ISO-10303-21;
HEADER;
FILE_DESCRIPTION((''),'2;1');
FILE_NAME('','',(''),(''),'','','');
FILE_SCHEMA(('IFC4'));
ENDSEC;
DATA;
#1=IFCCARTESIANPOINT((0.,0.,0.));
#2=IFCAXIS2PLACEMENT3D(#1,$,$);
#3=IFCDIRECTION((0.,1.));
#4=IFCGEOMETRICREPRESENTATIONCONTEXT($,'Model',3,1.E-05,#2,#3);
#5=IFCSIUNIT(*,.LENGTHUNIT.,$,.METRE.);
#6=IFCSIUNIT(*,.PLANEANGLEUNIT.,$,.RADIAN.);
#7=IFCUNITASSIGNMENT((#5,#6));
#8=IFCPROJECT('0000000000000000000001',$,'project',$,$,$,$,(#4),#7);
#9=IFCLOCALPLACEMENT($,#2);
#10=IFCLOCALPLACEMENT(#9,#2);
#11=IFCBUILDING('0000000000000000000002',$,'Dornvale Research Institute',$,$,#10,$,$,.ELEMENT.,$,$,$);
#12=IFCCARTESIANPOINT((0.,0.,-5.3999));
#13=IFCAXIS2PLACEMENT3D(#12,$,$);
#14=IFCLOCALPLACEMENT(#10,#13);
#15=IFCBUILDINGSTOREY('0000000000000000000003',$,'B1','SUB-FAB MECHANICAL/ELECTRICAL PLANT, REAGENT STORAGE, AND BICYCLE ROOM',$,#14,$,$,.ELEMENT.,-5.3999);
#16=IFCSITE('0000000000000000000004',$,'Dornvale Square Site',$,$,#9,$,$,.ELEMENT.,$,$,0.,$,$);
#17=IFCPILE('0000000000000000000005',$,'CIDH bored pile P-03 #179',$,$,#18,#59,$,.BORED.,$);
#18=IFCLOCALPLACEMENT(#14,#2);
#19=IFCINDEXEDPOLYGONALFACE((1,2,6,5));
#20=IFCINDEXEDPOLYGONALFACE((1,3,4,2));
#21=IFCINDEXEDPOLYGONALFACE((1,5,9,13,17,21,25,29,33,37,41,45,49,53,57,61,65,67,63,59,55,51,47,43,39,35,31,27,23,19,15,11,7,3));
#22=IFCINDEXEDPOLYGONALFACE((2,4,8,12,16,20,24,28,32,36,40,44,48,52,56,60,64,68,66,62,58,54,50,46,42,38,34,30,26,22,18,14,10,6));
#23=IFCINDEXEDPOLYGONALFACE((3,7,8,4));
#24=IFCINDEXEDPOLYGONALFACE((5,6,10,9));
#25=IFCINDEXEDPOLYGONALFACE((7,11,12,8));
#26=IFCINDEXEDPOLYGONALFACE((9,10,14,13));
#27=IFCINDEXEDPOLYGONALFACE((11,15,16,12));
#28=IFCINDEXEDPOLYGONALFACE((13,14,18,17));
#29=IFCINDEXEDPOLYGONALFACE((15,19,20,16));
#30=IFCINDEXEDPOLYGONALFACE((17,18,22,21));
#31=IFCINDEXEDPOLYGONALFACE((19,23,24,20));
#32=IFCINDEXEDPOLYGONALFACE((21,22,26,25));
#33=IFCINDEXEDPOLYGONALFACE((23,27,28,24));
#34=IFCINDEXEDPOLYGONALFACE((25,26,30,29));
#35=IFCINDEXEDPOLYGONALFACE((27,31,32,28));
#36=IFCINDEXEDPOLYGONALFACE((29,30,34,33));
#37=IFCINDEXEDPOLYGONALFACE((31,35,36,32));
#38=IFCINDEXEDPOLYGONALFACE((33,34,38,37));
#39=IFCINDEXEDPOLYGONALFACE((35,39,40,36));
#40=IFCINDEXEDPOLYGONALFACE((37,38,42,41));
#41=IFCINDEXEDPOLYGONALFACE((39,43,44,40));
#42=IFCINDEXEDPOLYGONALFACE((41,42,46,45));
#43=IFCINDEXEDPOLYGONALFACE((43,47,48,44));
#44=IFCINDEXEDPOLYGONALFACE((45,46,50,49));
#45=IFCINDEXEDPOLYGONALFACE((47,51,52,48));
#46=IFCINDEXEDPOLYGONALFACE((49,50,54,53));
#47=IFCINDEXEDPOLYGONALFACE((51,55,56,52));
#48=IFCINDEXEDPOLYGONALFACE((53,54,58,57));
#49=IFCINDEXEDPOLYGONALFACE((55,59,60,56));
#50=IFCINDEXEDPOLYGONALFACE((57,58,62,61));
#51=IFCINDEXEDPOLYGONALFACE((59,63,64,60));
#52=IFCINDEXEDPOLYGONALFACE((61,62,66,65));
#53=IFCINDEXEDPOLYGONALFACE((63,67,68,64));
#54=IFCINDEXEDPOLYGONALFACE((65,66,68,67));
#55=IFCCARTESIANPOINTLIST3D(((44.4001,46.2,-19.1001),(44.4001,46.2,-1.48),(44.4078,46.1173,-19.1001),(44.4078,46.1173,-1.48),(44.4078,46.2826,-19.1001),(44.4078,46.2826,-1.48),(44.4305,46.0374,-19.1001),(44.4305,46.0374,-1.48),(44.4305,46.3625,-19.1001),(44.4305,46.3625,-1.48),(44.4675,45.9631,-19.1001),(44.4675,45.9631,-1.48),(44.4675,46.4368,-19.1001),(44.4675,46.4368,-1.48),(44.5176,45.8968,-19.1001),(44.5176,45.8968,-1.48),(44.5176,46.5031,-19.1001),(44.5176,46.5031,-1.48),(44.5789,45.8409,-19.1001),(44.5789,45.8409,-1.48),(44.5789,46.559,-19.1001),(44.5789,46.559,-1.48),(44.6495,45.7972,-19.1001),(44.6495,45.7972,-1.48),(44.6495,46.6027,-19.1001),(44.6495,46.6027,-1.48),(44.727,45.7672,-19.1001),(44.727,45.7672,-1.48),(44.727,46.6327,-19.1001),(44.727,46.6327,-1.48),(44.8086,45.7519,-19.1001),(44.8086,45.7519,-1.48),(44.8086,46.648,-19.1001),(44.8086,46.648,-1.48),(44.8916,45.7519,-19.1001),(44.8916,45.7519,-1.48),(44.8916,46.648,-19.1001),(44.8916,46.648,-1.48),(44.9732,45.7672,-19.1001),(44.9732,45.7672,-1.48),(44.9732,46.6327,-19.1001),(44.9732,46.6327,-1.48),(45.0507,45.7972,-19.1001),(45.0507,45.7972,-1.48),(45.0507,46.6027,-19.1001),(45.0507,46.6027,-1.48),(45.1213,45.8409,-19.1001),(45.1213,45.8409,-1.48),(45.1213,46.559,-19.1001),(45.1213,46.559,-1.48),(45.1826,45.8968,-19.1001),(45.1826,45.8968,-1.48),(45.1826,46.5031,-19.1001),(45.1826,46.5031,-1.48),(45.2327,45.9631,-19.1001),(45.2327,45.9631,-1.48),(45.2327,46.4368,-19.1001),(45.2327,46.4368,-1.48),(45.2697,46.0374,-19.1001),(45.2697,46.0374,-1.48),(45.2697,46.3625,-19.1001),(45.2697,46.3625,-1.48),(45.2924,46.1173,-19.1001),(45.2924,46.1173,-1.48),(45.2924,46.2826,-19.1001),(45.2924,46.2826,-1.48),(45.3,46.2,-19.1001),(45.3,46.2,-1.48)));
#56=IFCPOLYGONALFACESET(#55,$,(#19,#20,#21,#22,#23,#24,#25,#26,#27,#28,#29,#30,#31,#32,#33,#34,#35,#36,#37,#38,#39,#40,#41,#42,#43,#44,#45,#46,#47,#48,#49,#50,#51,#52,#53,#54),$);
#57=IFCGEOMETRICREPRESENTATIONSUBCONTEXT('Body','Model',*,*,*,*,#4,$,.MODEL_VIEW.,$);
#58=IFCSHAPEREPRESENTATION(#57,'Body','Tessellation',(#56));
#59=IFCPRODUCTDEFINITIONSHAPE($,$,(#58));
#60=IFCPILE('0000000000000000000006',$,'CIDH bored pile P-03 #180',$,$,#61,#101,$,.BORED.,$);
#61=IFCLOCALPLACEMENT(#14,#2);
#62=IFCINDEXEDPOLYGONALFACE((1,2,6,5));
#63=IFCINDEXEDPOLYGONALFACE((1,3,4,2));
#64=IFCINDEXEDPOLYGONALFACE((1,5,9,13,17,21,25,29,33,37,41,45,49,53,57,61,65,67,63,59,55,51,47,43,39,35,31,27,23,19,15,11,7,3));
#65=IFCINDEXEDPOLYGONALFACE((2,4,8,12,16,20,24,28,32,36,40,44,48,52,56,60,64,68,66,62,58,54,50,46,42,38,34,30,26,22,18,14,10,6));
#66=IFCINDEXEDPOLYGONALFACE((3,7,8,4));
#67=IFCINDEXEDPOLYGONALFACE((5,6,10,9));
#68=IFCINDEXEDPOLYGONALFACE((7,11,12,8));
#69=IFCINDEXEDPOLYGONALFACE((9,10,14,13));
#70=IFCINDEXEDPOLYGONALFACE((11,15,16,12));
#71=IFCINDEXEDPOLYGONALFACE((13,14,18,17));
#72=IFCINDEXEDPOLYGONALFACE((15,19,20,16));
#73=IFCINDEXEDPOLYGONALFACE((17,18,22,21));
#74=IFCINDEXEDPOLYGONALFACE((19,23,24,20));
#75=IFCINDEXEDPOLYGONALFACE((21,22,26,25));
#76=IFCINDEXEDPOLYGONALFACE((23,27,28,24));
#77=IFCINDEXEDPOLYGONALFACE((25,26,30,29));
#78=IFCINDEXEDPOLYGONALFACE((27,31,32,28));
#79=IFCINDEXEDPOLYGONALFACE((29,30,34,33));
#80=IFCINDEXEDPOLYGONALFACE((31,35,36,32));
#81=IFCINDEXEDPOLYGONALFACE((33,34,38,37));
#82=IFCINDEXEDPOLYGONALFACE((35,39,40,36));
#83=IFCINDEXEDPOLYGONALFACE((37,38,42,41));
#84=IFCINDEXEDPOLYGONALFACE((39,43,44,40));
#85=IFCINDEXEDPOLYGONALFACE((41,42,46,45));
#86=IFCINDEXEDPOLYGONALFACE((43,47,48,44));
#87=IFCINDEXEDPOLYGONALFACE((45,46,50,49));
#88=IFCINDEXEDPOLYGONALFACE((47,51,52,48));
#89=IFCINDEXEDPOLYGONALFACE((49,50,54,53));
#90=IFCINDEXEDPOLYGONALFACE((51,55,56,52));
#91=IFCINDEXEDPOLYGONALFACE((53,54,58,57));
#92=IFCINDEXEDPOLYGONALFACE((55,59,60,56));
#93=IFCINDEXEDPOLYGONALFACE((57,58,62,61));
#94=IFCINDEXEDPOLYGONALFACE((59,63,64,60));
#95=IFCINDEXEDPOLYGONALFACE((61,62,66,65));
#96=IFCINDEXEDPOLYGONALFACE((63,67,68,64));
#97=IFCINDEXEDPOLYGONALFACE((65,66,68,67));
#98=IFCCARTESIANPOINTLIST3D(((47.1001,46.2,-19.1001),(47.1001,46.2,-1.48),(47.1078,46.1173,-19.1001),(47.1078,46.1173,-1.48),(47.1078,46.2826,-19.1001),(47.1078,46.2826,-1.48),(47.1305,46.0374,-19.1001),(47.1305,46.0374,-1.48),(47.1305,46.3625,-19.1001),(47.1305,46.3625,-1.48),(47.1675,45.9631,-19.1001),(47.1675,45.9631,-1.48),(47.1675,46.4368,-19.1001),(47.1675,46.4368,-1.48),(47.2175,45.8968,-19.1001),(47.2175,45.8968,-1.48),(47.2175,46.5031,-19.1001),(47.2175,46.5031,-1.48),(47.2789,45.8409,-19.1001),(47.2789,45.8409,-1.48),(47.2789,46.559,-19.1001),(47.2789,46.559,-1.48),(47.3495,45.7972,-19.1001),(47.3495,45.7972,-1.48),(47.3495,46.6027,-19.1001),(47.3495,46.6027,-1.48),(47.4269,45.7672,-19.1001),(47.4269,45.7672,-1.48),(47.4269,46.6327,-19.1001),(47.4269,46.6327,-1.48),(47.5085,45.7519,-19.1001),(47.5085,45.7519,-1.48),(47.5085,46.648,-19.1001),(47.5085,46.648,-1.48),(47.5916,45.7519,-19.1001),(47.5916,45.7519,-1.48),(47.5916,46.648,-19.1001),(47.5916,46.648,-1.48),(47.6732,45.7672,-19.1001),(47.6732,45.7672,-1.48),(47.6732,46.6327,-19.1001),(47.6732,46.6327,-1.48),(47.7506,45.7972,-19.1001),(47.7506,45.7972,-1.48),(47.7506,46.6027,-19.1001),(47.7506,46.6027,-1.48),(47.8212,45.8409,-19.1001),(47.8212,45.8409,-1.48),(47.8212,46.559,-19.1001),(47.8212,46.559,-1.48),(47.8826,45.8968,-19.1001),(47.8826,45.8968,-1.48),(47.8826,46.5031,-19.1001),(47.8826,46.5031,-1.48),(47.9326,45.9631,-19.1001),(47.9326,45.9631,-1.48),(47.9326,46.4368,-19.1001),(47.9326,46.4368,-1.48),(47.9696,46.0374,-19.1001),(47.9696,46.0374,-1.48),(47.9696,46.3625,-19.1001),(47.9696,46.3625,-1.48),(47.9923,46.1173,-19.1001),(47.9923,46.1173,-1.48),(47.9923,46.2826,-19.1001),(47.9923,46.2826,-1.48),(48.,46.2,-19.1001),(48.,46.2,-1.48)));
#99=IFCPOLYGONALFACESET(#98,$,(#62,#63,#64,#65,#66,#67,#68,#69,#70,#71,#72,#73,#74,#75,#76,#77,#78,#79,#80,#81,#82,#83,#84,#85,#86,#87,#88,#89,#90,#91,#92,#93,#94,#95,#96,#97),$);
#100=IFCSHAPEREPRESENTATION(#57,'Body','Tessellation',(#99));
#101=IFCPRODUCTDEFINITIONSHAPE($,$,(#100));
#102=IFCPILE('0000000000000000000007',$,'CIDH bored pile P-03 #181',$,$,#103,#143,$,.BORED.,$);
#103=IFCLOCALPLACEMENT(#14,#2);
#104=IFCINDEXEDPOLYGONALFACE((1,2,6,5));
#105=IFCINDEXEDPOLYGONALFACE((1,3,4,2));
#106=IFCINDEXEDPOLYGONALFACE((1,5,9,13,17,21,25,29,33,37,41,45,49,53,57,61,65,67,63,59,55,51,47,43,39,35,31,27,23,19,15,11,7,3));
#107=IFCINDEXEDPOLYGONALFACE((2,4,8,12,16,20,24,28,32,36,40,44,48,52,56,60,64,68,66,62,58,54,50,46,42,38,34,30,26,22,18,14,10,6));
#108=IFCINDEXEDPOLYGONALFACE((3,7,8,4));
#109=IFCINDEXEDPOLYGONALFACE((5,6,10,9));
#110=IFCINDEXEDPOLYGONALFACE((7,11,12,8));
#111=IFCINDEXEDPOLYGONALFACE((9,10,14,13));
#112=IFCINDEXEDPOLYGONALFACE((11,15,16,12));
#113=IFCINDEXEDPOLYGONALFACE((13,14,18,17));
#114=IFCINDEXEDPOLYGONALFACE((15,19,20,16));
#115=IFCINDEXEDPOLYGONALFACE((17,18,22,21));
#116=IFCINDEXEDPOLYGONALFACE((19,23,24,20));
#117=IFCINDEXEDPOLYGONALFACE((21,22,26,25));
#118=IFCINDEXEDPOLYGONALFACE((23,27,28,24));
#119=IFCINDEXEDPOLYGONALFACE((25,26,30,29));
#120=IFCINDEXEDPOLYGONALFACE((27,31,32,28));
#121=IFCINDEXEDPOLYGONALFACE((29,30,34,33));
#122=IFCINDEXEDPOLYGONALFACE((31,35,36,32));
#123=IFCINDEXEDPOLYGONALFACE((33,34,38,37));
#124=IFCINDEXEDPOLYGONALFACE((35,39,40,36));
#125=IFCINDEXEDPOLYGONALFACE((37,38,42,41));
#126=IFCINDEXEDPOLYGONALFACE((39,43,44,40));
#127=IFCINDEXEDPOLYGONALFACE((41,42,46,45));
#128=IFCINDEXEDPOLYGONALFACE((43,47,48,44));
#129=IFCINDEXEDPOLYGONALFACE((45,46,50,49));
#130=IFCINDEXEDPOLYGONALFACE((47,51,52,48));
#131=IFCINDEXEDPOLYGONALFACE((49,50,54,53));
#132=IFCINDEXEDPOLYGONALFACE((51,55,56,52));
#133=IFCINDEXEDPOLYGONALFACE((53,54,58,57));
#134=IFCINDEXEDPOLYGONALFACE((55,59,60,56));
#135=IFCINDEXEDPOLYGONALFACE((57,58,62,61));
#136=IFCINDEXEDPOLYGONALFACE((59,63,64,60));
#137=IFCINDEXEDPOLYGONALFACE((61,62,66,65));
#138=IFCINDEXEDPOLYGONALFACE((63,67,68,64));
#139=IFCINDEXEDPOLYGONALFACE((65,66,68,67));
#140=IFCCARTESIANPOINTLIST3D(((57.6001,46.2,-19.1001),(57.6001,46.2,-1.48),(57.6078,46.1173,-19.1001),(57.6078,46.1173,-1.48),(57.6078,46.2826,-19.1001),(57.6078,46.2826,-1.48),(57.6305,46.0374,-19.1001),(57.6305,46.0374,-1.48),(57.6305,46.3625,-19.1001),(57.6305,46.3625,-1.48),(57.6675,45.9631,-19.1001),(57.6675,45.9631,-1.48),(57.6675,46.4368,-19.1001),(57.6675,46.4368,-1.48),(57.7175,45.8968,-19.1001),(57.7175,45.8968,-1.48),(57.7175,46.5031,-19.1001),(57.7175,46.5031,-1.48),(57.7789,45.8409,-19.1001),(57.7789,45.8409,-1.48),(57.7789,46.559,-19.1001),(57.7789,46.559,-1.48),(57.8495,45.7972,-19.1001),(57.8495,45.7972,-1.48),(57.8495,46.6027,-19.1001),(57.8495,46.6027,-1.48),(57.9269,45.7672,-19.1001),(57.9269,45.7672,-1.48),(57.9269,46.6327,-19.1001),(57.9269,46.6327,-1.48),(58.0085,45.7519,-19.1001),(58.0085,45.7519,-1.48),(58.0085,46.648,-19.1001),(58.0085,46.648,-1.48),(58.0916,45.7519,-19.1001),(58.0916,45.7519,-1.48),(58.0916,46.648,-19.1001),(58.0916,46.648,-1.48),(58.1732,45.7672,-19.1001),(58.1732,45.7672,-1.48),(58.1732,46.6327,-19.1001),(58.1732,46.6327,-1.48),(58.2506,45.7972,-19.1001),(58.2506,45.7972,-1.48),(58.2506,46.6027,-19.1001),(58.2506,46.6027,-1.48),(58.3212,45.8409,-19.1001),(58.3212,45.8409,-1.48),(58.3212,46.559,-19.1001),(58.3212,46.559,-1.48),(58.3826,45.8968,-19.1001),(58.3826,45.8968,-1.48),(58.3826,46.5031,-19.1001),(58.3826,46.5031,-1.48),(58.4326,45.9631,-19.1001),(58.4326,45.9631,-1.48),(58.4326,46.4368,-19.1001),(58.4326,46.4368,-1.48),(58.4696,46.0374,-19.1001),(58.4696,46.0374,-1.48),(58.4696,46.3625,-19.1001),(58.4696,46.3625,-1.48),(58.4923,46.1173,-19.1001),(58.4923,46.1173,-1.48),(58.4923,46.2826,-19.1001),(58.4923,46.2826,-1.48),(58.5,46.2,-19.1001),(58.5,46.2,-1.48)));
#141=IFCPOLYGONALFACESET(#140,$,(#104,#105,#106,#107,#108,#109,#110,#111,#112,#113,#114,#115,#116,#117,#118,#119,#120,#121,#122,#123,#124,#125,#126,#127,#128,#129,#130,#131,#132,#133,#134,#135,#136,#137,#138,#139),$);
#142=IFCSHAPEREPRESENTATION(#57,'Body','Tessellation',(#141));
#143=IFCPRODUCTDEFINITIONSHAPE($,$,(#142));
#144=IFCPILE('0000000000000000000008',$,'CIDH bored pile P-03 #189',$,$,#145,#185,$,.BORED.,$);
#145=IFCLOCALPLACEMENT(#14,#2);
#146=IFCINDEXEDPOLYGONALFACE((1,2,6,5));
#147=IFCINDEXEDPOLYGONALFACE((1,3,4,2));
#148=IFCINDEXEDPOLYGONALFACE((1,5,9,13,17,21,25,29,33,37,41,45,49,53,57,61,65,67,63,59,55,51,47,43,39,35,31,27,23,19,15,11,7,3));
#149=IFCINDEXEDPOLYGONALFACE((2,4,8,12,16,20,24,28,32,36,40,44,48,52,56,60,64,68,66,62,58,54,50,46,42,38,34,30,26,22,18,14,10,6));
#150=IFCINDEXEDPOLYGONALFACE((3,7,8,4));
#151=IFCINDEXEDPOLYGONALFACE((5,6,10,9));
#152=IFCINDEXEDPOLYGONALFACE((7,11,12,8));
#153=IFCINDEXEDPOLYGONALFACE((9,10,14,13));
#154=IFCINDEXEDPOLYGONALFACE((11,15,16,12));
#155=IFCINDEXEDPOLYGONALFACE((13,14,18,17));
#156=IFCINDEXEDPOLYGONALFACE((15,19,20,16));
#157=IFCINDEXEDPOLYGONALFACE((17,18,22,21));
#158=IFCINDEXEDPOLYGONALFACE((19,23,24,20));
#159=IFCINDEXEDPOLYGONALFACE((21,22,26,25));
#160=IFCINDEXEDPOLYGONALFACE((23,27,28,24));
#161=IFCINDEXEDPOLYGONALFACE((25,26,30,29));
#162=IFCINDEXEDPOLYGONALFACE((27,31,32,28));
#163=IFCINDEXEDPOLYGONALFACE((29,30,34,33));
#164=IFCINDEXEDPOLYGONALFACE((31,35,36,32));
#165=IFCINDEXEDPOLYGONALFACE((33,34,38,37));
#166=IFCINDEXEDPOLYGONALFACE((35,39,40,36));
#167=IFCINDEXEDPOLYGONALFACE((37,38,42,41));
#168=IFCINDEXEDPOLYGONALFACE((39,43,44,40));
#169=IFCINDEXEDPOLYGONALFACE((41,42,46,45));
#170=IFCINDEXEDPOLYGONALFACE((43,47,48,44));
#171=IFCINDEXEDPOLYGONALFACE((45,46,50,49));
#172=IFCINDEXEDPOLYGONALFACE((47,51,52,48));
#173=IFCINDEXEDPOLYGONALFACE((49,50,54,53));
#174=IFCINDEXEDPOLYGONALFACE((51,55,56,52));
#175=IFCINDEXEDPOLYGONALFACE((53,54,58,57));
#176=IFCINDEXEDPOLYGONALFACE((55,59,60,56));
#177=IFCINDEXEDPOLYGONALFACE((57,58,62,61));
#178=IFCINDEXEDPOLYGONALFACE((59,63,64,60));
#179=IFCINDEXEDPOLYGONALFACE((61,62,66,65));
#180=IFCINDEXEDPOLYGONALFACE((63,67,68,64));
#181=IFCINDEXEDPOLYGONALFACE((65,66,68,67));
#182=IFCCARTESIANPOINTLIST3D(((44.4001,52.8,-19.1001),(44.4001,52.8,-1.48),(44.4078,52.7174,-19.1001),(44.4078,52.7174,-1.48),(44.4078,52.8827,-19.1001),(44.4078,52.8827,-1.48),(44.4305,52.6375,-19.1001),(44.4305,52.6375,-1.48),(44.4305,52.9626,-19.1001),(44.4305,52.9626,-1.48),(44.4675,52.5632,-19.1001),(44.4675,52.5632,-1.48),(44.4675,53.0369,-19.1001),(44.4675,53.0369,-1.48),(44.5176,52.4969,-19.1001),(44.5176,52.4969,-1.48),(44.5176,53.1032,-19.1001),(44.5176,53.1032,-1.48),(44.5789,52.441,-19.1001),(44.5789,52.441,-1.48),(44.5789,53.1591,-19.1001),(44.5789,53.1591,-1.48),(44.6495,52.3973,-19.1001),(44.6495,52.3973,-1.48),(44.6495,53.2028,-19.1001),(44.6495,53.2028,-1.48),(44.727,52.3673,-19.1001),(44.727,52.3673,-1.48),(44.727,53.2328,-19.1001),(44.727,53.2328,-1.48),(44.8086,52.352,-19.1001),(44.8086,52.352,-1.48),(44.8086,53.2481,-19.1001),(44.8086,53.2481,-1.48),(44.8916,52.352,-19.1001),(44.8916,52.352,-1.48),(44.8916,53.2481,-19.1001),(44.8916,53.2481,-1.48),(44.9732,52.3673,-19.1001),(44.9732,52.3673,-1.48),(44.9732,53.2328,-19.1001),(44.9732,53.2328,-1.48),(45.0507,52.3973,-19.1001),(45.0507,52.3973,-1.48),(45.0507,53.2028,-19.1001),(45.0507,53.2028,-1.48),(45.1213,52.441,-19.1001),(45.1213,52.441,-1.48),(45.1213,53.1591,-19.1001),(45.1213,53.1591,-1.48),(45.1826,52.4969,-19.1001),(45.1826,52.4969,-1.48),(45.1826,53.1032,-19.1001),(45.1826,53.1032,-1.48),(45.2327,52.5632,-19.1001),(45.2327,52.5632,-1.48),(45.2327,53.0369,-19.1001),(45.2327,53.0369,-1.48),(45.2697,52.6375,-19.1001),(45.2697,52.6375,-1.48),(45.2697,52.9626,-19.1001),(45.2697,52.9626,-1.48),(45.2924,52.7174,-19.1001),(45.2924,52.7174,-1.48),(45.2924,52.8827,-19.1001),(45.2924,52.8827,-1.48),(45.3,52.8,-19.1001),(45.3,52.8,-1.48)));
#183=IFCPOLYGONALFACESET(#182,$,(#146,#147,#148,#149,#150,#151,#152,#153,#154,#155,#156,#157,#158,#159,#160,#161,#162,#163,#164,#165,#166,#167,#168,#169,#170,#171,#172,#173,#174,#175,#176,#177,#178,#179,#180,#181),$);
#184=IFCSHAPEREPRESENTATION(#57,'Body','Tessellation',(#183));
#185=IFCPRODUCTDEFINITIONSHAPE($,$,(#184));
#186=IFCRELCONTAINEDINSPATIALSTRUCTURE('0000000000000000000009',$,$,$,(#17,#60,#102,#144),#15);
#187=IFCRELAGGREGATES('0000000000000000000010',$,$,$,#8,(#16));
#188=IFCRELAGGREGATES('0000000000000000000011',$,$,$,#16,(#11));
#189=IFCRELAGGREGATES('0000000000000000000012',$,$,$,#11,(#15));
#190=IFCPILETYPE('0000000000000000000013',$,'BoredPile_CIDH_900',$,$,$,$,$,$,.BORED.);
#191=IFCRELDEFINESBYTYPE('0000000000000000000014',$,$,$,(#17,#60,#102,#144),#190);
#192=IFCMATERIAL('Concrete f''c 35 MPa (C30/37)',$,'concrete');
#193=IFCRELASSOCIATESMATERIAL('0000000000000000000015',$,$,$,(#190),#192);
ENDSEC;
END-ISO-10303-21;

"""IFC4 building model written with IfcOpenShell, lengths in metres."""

from ifc_helpers import new_model, si_unit, direction, frame, origin, origin_2d, place, context, subcontext, project, spatial, circle, extrude, material, material_profile, profile_set, type_object, element, save


model = new_model("IFC4")

# Units and contexts
model_context = context("Model", 3, precision=1e-05, world=origin(), true_north=direction((0.0, 1.0)))
body_context = subcontext(model_context, "Body", "Model", "MODEL_VIEW")
ifc_project = project(units=[si_unit("LENGTHUNIT", "METRE"), si_unit("PLANEANGLEUNIT", "RADIAN")], contexts=[model_context])

# Site, building, storey
site_placement = place(None, origin())
site = spatial("IfcSite", under=ifc_project, at=site_placement, Name="Dornvale Square Site", CompositionType="ELEMENT", RefElevation=0.0)
building_placement = place(site_placement, origin())
building = spatial("IfcBuilding", under=site, at=building_placement, Name="Dornvale Research Institute", CompositionType="ELEMENT")
storey_placement = place(building_placement, frame((0.0, 0.0, -5.3999)))
storey = spatial("IfcBuildingStorey", under=building, at=storey_placement, Name="B1", Description="SUB-FAB MECHANICAL/ELECTRICAL PLANT, REAGENT STORAGE, AND BICYCLE ROOM", CompositionType="ELEMENT", Elevation=-5.3999)

# Piles
ifc_material_1 = material(Name="Concrete f'c 35 MPa (C30/37)", Category="concrete")
ifc_material_profile_1 = material_profile(ifc_material_1, circle(Radius=0.45, at=origin_2d()), Name="CIDH PILE D900")
ifc_profile_set_1 = profile_set([ifc_material_profile_1], Name="Concrete f'c 35 MPa (C30/37)")
pile_type = type_object("IfcPileType", Name="BoredPile_CIDH_900", PredefinedType="BORED", material=ifc_profile_set_1)
for number, where, z_axis, x_axis, name in (
    (1, (44.8501, 46.2, -1.48), (0.0, 0.0, -1.0), (1.0, 0.0, 0.0), "CIDH bored pile P-03 #179"),
    (2, (47.55, 46.2, -1.48), (0.0, 0.0, -1.0), (1.0, 0.0, 0.0), "CIDH bored pile P-03 #180"),
    (3, (58.05, 46.2, -1.48), (0.0, 0.0, -1.0), (1.0, 0.0, 0.0), "CIDH bored pile P-03 #181"),
    (4, (44.8501, 52.8, -1.48), (0.0, 0.0, -1.0), (1.0, 0.0, 0.0), "CIDH bored pile P-03 #189"),
):
    element("IfcPile", number, at=place(storey_placement, frame(where, z_axis=z_axis, x_axis=x_axis)), inside=storey, type_object=pile_type, Name=name, PredefinedType="BORED", context=body_context, shape_type="SweptSolid", body=[
        extrude(circle(Radius=0.45, at=origin_2d()), origin(), (0.0, 0.0, 1.0), 17.6201),
    ])

save(model, "model.ifc")
